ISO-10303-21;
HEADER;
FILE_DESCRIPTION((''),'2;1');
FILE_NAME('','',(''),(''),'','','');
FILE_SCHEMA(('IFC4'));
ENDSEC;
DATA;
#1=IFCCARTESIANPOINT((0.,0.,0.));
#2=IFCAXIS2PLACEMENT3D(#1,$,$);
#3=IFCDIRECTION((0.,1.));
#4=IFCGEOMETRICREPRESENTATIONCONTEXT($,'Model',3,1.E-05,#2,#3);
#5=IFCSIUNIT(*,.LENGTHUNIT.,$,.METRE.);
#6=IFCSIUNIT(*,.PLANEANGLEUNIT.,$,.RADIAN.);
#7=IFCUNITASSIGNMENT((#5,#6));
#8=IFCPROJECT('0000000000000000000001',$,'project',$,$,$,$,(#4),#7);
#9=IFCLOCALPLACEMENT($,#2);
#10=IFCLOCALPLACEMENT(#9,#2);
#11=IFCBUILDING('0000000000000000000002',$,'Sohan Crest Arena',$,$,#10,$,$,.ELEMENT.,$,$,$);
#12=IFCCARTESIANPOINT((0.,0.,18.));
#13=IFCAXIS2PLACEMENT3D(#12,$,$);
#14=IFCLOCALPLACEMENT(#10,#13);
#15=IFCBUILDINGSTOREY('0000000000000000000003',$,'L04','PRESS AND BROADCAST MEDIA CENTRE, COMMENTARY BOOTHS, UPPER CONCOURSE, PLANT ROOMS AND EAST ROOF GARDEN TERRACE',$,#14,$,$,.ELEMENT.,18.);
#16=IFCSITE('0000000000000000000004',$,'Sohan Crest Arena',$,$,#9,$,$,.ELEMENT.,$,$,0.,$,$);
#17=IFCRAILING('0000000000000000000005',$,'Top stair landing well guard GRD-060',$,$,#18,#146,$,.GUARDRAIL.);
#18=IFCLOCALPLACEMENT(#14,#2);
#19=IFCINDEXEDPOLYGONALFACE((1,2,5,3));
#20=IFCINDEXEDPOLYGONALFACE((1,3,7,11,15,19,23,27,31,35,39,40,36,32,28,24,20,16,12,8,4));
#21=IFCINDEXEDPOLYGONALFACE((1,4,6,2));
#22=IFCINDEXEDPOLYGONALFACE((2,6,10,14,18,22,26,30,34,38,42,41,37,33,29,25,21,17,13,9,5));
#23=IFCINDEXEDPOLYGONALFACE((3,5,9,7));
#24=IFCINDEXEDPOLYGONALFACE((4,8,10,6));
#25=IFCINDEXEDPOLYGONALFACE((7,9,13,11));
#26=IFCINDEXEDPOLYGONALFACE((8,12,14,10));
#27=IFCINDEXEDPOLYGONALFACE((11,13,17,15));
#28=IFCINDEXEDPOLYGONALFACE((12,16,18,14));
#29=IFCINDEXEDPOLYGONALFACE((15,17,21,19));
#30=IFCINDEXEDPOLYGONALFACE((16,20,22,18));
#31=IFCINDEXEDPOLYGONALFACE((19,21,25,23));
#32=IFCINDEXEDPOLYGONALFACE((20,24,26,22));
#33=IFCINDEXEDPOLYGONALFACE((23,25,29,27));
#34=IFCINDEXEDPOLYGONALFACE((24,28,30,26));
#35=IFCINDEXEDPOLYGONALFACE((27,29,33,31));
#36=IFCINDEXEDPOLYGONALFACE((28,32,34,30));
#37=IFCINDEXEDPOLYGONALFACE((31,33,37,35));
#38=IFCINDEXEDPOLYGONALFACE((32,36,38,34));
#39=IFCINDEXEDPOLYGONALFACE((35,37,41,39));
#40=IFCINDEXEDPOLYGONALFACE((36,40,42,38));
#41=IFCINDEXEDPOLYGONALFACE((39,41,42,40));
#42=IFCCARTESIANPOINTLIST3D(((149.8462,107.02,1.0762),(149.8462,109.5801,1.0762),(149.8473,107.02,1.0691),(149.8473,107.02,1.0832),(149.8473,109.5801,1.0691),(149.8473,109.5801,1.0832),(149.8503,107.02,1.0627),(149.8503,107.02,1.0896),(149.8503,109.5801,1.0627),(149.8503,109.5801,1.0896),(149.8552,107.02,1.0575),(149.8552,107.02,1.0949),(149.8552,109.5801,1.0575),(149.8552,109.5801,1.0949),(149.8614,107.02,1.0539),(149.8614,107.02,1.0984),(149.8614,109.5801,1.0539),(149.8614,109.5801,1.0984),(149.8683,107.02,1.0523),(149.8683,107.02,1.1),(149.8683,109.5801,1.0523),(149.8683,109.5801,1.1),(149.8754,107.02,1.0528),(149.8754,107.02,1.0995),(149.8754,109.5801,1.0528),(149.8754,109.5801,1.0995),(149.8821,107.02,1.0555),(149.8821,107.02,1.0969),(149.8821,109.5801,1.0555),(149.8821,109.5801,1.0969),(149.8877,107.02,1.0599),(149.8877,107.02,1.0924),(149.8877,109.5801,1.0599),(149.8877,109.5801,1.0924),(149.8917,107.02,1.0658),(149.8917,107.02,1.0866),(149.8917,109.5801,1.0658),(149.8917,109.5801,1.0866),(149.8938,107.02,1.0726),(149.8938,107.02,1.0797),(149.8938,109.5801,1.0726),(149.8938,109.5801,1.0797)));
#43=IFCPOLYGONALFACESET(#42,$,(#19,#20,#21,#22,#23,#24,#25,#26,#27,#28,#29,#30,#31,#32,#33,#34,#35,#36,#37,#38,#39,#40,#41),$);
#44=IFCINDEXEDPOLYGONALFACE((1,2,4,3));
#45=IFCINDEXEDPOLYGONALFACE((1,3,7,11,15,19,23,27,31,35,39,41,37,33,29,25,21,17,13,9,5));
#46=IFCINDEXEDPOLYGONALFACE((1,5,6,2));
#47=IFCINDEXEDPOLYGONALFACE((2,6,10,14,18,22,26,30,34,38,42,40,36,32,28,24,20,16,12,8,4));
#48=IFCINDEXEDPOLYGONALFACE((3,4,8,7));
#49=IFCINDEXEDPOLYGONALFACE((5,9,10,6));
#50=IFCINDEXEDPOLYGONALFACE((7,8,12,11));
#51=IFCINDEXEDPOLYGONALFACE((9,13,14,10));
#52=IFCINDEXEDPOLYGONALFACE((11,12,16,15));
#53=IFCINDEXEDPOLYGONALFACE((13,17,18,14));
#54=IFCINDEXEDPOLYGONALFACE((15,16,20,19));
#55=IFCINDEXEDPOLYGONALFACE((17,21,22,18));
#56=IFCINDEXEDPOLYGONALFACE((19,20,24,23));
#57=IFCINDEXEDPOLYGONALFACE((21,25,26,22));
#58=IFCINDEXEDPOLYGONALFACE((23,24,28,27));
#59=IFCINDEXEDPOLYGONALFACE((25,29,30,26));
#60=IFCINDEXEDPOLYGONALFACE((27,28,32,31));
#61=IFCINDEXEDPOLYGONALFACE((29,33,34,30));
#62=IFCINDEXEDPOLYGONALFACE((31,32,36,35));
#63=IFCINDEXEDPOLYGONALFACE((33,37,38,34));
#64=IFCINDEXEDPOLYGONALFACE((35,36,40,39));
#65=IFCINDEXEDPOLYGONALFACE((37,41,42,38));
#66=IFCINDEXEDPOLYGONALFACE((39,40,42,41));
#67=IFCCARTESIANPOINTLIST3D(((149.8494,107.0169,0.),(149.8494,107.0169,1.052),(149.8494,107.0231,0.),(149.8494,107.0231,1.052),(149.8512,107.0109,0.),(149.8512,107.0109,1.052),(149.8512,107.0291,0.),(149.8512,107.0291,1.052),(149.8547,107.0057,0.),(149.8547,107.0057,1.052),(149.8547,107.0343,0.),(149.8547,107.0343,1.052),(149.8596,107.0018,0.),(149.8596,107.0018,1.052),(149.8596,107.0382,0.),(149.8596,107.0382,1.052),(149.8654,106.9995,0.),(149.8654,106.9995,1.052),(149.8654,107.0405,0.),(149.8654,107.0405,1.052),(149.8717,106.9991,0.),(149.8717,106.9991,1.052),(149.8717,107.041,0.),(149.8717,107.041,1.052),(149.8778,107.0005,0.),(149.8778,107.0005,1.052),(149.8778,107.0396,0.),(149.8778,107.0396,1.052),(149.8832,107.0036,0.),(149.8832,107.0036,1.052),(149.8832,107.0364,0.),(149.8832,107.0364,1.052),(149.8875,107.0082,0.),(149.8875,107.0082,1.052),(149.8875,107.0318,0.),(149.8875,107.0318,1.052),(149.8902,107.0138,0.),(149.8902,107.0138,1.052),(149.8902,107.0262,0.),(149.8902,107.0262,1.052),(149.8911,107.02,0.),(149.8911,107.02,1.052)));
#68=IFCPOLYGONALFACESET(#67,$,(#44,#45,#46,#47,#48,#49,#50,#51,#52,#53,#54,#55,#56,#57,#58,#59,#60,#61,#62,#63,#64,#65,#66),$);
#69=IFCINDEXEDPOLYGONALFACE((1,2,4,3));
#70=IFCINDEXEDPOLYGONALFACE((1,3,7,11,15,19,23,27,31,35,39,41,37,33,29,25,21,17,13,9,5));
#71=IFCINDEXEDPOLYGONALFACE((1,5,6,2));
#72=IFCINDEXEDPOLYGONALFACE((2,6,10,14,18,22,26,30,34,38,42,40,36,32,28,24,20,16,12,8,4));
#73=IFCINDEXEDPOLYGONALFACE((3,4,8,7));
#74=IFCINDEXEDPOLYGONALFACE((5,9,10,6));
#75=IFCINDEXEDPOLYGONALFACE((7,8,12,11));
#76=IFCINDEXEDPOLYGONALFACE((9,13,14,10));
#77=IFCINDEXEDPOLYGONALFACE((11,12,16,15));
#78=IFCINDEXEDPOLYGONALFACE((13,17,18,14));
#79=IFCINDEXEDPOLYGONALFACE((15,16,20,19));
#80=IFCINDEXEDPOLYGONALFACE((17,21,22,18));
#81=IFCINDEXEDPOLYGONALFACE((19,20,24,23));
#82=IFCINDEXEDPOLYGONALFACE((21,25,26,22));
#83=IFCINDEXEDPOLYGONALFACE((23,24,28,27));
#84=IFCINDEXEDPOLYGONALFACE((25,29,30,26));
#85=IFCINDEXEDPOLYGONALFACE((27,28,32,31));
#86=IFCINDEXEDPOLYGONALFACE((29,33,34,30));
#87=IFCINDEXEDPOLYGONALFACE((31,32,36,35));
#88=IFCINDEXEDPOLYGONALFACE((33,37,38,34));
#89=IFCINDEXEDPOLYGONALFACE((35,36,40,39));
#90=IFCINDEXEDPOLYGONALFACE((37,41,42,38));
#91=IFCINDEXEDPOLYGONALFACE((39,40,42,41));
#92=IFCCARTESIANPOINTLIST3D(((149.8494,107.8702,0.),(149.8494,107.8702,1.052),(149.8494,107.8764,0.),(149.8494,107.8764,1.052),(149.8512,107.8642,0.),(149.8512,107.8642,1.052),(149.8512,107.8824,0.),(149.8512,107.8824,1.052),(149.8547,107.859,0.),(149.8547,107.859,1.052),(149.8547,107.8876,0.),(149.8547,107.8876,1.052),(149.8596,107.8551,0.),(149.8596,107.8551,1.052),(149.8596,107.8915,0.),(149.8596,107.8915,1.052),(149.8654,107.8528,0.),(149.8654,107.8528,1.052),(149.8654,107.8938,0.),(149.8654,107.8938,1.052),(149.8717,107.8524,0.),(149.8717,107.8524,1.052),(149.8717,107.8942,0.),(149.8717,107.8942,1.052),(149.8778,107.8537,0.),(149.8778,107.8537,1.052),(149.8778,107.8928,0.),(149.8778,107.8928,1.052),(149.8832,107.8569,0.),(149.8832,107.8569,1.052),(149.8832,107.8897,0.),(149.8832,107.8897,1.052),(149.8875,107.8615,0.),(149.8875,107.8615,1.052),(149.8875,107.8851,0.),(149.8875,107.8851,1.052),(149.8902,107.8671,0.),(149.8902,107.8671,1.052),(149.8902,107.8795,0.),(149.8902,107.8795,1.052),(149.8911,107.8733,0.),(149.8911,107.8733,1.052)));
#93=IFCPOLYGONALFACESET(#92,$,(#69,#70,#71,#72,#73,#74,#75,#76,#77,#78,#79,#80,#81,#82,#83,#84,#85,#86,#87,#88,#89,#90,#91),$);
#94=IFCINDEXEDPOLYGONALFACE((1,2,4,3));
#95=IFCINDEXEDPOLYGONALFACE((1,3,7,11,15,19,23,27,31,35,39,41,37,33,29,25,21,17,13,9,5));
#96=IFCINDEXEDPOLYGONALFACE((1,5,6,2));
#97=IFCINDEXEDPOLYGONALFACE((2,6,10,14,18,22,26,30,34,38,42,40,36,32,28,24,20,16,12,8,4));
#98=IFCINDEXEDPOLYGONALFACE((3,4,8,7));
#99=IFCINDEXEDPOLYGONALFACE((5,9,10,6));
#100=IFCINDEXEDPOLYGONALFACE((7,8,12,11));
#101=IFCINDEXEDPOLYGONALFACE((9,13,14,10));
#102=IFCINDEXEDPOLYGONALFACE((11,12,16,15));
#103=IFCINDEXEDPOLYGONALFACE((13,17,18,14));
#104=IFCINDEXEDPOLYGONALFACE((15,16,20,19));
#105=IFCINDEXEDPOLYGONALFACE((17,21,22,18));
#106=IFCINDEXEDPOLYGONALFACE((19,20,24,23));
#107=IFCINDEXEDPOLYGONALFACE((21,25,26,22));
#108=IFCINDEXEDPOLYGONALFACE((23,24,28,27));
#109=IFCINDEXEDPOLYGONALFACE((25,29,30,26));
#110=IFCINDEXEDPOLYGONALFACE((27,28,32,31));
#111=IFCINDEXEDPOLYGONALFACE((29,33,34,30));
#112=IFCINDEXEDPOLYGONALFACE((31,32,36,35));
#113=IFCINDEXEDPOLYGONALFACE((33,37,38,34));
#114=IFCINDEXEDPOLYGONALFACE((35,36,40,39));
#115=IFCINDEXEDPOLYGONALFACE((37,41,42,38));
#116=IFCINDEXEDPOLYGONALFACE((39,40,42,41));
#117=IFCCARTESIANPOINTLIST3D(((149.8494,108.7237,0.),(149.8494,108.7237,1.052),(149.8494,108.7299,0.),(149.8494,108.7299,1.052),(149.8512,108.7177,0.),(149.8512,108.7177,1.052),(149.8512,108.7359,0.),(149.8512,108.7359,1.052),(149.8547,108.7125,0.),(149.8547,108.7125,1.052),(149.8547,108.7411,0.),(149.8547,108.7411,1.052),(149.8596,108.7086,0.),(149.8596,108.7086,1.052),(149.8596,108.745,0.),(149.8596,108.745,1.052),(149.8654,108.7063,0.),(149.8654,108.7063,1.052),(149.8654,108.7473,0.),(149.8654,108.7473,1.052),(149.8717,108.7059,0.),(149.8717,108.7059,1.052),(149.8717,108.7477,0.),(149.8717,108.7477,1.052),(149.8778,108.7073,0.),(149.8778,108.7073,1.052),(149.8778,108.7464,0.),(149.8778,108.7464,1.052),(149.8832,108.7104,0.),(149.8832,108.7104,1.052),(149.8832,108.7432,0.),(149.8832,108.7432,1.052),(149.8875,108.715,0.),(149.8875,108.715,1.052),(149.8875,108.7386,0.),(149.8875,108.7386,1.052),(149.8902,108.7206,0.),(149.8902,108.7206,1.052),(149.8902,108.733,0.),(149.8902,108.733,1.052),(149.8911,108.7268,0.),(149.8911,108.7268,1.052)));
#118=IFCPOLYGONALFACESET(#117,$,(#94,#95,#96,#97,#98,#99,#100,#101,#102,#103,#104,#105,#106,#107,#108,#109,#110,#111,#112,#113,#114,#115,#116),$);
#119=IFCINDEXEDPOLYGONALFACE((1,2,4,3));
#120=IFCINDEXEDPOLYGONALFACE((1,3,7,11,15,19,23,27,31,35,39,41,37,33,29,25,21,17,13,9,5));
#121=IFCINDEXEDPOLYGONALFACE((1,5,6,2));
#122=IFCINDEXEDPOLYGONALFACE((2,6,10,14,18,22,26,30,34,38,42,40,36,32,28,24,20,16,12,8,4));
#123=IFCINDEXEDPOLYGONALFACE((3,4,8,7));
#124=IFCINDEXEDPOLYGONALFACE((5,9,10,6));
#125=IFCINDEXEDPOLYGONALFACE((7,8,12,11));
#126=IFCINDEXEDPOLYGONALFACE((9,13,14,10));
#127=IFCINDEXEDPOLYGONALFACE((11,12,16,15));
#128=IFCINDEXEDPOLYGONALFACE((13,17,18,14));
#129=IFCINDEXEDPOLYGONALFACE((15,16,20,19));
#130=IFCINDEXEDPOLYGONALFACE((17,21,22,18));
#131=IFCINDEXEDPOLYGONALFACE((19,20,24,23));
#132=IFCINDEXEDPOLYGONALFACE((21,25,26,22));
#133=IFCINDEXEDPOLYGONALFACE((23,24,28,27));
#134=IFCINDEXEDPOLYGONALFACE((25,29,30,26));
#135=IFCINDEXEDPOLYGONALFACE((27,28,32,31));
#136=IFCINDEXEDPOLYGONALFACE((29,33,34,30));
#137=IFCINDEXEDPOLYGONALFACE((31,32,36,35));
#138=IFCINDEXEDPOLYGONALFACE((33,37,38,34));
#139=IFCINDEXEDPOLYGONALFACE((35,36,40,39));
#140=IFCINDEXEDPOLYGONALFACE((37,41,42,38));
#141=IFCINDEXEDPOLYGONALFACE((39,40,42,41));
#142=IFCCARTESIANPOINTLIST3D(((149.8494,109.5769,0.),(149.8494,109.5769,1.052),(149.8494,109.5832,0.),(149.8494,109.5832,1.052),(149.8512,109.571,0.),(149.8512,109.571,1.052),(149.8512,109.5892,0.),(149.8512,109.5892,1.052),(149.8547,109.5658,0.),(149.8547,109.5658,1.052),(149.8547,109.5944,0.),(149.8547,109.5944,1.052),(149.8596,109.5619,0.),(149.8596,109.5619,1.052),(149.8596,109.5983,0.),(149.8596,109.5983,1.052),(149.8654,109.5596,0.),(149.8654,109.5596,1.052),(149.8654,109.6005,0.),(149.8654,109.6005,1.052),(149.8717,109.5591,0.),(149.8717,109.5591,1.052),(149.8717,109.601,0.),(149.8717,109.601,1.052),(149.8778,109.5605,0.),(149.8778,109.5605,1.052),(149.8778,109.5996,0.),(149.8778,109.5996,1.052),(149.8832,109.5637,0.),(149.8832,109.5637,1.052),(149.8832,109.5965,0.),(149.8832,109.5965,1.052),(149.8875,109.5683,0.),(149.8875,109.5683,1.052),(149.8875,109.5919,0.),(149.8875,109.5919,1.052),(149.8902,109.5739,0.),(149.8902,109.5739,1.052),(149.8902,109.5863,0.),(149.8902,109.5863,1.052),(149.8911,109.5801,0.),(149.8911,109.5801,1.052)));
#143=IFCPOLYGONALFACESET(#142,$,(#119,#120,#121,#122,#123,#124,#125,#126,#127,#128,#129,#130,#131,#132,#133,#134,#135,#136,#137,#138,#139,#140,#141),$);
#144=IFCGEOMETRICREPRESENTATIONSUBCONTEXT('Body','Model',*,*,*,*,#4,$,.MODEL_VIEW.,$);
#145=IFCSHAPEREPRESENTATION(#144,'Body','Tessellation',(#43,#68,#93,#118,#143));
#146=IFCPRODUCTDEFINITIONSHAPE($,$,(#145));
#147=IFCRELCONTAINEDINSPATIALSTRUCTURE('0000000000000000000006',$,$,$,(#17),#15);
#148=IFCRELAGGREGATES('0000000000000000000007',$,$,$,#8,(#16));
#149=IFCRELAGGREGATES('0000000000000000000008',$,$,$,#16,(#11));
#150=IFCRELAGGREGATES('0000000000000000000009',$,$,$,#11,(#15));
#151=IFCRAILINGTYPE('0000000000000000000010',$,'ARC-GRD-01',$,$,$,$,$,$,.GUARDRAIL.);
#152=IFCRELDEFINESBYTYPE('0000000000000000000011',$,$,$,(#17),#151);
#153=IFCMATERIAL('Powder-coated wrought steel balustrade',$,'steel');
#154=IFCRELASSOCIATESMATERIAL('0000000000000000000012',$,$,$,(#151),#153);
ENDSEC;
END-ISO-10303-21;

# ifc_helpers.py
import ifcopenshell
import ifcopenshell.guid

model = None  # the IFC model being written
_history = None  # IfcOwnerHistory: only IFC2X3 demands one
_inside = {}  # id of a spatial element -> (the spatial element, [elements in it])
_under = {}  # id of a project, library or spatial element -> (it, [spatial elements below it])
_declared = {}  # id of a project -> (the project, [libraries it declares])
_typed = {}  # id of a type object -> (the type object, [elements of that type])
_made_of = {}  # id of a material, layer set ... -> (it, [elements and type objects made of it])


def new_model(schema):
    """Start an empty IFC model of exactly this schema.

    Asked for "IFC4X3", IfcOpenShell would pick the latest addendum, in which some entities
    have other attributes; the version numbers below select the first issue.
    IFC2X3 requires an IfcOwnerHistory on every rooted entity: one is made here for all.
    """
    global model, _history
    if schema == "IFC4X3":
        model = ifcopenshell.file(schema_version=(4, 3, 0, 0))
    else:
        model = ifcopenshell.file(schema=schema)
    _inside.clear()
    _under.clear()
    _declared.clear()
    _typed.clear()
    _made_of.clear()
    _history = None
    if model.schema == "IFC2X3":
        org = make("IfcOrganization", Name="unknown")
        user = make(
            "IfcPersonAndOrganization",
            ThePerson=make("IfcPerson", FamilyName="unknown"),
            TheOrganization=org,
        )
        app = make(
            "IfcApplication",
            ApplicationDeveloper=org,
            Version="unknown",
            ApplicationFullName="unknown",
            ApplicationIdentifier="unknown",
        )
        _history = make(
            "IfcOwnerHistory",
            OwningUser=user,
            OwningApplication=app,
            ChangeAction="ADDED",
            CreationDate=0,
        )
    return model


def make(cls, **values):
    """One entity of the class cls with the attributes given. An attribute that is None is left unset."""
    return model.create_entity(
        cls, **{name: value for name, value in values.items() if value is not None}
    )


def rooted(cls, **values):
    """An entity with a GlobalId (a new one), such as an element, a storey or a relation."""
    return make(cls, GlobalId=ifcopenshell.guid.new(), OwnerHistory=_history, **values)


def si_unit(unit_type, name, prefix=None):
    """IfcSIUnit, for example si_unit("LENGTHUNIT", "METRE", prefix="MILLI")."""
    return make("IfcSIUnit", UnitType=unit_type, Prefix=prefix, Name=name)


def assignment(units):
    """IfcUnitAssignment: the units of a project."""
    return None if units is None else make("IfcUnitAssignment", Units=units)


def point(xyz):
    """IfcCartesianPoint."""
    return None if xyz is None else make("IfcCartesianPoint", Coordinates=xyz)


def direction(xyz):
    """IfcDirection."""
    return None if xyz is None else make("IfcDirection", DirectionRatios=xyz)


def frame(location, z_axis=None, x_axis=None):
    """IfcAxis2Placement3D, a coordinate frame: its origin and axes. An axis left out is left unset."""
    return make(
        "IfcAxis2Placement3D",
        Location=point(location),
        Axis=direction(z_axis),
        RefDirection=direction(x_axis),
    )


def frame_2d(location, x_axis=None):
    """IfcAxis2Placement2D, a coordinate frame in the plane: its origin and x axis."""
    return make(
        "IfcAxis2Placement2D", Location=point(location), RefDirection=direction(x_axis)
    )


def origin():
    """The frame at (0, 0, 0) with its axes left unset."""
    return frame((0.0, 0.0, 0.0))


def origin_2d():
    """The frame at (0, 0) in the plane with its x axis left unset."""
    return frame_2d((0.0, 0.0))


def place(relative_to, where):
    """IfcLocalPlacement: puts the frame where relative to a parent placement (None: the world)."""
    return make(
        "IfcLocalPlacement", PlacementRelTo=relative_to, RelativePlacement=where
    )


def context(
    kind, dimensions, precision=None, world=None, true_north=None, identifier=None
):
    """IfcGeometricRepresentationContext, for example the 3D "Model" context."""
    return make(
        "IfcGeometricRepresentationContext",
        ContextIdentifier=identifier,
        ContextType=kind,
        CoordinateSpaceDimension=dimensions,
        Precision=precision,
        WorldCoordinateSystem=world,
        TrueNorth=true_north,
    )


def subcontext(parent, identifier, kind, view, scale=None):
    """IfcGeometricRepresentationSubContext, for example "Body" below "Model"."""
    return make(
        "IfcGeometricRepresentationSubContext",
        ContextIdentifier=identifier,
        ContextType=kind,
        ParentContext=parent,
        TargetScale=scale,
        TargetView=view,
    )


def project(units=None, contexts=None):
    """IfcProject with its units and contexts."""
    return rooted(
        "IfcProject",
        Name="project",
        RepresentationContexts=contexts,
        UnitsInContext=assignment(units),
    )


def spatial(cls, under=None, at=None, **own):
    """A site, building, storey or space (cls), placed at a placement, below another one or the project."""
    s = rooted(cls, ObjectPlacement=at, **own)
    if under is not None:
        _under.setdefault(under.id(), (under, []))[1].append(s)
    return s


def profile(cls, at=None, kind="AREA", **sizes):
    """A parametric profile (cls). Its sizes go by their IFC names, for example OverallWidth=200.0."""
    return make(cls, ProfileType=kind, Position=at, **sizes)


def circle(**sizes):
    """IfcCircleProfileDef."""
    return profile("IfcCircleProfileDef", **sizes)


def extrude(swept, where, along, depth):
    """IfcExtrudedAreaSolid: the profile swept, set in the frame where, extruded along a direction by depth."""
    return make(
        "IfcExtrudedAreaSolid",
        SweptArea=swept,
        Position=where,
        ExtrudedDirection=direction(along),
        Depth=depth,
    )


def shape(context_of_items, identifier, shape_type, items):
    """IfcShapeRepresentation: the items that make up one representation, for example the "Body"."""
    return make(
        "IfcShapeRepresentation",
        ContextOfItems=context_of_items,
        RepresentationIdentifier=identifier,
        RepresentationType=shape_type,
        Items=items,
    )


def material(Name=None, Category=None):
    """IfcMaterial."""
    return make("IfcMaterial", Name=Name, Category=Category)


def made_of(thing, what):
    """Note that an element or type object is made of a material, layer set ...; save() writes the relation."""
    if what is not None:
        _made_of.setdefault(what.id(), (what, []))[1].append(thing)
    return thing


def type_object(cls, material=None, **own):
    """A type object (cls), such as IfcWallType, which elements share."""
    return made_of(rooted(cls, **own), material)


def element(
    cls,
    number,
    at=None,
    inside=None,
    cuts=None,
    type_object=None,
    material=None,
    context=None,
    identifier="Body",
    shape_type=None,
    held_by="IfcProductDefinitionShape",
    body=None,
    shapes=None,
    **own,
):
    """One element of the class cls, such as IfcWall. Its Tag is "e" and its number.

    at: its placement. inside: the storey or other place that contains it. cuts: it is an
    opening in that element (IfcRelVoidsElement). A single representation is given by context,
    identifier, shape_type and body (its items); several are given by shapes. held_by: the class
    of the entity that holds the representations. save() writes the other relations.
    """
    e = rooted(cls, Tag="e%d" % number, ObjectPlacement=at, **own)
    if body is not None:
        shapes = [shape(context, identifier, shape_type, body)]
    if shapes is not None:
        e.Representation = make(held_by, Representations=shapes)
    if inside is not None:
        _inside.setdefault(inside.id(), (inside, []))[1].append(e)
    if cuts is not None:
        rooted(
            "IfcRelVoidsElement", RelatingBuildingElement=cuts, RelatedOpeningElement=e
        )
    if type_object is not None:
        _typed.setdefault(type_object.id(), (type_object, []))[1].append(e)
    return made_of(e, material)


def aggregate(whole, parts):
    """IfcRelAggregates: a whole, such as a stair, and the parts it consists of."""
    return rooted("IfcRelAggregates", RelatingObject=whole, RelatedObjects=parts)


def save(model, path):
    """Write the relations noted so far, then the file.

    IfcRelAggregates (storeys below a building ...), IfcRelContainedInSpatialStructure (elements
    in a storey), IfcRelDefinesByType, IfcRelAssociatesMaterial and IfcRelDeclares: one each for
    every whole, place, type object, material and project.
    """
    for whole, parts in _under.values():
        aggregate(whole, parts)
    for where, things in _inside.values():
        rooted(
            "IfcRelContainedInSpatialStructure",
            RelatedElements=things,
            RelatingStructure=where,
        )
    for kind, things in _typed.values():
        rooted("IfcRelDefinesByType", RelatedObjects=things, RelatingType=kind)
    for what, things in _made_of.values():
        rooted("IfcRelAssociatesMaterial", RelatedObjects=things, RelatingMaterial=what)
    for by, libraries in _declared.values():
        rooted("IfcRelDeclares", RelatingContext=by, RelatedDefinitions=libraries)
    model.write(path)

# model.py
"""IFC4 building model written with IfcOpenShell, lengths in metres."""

from ifc_helpers import new_model, si_unit, direction, frame, origin, origin_2d, place, context, subcontext, project, spatial, circle, extrude, material, type_object, element, save


model = new_model("IFC4")

# Units and contexts
model_context = context("Model", 3, precision=1e-05, world=origin(), true_north=direction((0.0, 1.0)))
body_context = subcontext(model_context, "Body", "Model", "MODEL_VIEW")
ifc_project = project(units=[si_unit("LENGTHUNIT", "METRE"), si_unit("PLANEANGLEUNIT", "RADIAN")], contexts=[model_context])

# Site, building, storey
site_placement = place(None, origin())
site = spatial("IfcSite", under=ifc_project, at=site_placement, Name="Sohan Crest Arena", CompositionType="ELEMENT", RefElevation=0.0)
building_placement = place(site_placement, origin())
building = spatial("IfcBuilding", under=site, at=building_placement, Name="Sohan Crest Arena", CompositionType="ELEMENT")
storey_placement = place(building_placement, frame((0.0, 0.0, 18.0)))
storey = spatial("IfcBuildingStorey", under=building, at=storey_placement, Name="L04", Description="PRESS AND BROADCAST MEDIA CENTRE, COMMENTARY BOOTHS, UPPER CONCOURSE, PLANT ROOMS AND EAST ROOF GARDEN TERRACE", CompositionType="ELEMENT", Elevation=18.0)

# Railing
ifc_material_1 = material(Name="Powder-coated wrought steel balustrade", Category="steel")
railing_type_1 = type_object("IfcRailingType", Name="ARC-GRD-01", PredefinedType="GUARDRAIL", material=ifc_material_1)
railing_1_placement = place(storey_placement, frame((149.8701, 107.02, 0.0)))
element("IfcRailing", 1, at=railing_1_placement, inside=storey, type_object=railing_type_1, Name="Top stair landing well guard GRD-060", PredefinedType="GUARDRAIL", context=body_context, shape_type="SweptSolid", body=[
    extrude(circle(Radius=0.0239, at=origin_2d()), frame((0.0, 0.0, 1.0762), z_axis=(0.0, 1.0, 0.0), x_axis=(-1.0, 0.0, 0.0)), (0.0, 0.0, 1.0), 2.5601),
    extrude(circle(Radius=0.021, at=origin_2d()), origin(), (0.0, 0.0, 1.0), 1.052),
    extrude(circle(Radius=0.021, at=origin_2d()), frame((0.0, 0.8533, 0.0)), (0.0, 0.0, 1.0), 1.052),
    extrude(circle(Radius=0.021, at=origin_2d()), frame((0.0, 1.7068, 0.0)), (0.0, 0.0, 1.0), 1.052),
    extrude(circle(Radius=0.021, at=origin_2d()), frame((0.0, 2.5601, 0.0)), (0.0, 0.0, 1.0), 1.052),
])

save(model, "model.ifc")
